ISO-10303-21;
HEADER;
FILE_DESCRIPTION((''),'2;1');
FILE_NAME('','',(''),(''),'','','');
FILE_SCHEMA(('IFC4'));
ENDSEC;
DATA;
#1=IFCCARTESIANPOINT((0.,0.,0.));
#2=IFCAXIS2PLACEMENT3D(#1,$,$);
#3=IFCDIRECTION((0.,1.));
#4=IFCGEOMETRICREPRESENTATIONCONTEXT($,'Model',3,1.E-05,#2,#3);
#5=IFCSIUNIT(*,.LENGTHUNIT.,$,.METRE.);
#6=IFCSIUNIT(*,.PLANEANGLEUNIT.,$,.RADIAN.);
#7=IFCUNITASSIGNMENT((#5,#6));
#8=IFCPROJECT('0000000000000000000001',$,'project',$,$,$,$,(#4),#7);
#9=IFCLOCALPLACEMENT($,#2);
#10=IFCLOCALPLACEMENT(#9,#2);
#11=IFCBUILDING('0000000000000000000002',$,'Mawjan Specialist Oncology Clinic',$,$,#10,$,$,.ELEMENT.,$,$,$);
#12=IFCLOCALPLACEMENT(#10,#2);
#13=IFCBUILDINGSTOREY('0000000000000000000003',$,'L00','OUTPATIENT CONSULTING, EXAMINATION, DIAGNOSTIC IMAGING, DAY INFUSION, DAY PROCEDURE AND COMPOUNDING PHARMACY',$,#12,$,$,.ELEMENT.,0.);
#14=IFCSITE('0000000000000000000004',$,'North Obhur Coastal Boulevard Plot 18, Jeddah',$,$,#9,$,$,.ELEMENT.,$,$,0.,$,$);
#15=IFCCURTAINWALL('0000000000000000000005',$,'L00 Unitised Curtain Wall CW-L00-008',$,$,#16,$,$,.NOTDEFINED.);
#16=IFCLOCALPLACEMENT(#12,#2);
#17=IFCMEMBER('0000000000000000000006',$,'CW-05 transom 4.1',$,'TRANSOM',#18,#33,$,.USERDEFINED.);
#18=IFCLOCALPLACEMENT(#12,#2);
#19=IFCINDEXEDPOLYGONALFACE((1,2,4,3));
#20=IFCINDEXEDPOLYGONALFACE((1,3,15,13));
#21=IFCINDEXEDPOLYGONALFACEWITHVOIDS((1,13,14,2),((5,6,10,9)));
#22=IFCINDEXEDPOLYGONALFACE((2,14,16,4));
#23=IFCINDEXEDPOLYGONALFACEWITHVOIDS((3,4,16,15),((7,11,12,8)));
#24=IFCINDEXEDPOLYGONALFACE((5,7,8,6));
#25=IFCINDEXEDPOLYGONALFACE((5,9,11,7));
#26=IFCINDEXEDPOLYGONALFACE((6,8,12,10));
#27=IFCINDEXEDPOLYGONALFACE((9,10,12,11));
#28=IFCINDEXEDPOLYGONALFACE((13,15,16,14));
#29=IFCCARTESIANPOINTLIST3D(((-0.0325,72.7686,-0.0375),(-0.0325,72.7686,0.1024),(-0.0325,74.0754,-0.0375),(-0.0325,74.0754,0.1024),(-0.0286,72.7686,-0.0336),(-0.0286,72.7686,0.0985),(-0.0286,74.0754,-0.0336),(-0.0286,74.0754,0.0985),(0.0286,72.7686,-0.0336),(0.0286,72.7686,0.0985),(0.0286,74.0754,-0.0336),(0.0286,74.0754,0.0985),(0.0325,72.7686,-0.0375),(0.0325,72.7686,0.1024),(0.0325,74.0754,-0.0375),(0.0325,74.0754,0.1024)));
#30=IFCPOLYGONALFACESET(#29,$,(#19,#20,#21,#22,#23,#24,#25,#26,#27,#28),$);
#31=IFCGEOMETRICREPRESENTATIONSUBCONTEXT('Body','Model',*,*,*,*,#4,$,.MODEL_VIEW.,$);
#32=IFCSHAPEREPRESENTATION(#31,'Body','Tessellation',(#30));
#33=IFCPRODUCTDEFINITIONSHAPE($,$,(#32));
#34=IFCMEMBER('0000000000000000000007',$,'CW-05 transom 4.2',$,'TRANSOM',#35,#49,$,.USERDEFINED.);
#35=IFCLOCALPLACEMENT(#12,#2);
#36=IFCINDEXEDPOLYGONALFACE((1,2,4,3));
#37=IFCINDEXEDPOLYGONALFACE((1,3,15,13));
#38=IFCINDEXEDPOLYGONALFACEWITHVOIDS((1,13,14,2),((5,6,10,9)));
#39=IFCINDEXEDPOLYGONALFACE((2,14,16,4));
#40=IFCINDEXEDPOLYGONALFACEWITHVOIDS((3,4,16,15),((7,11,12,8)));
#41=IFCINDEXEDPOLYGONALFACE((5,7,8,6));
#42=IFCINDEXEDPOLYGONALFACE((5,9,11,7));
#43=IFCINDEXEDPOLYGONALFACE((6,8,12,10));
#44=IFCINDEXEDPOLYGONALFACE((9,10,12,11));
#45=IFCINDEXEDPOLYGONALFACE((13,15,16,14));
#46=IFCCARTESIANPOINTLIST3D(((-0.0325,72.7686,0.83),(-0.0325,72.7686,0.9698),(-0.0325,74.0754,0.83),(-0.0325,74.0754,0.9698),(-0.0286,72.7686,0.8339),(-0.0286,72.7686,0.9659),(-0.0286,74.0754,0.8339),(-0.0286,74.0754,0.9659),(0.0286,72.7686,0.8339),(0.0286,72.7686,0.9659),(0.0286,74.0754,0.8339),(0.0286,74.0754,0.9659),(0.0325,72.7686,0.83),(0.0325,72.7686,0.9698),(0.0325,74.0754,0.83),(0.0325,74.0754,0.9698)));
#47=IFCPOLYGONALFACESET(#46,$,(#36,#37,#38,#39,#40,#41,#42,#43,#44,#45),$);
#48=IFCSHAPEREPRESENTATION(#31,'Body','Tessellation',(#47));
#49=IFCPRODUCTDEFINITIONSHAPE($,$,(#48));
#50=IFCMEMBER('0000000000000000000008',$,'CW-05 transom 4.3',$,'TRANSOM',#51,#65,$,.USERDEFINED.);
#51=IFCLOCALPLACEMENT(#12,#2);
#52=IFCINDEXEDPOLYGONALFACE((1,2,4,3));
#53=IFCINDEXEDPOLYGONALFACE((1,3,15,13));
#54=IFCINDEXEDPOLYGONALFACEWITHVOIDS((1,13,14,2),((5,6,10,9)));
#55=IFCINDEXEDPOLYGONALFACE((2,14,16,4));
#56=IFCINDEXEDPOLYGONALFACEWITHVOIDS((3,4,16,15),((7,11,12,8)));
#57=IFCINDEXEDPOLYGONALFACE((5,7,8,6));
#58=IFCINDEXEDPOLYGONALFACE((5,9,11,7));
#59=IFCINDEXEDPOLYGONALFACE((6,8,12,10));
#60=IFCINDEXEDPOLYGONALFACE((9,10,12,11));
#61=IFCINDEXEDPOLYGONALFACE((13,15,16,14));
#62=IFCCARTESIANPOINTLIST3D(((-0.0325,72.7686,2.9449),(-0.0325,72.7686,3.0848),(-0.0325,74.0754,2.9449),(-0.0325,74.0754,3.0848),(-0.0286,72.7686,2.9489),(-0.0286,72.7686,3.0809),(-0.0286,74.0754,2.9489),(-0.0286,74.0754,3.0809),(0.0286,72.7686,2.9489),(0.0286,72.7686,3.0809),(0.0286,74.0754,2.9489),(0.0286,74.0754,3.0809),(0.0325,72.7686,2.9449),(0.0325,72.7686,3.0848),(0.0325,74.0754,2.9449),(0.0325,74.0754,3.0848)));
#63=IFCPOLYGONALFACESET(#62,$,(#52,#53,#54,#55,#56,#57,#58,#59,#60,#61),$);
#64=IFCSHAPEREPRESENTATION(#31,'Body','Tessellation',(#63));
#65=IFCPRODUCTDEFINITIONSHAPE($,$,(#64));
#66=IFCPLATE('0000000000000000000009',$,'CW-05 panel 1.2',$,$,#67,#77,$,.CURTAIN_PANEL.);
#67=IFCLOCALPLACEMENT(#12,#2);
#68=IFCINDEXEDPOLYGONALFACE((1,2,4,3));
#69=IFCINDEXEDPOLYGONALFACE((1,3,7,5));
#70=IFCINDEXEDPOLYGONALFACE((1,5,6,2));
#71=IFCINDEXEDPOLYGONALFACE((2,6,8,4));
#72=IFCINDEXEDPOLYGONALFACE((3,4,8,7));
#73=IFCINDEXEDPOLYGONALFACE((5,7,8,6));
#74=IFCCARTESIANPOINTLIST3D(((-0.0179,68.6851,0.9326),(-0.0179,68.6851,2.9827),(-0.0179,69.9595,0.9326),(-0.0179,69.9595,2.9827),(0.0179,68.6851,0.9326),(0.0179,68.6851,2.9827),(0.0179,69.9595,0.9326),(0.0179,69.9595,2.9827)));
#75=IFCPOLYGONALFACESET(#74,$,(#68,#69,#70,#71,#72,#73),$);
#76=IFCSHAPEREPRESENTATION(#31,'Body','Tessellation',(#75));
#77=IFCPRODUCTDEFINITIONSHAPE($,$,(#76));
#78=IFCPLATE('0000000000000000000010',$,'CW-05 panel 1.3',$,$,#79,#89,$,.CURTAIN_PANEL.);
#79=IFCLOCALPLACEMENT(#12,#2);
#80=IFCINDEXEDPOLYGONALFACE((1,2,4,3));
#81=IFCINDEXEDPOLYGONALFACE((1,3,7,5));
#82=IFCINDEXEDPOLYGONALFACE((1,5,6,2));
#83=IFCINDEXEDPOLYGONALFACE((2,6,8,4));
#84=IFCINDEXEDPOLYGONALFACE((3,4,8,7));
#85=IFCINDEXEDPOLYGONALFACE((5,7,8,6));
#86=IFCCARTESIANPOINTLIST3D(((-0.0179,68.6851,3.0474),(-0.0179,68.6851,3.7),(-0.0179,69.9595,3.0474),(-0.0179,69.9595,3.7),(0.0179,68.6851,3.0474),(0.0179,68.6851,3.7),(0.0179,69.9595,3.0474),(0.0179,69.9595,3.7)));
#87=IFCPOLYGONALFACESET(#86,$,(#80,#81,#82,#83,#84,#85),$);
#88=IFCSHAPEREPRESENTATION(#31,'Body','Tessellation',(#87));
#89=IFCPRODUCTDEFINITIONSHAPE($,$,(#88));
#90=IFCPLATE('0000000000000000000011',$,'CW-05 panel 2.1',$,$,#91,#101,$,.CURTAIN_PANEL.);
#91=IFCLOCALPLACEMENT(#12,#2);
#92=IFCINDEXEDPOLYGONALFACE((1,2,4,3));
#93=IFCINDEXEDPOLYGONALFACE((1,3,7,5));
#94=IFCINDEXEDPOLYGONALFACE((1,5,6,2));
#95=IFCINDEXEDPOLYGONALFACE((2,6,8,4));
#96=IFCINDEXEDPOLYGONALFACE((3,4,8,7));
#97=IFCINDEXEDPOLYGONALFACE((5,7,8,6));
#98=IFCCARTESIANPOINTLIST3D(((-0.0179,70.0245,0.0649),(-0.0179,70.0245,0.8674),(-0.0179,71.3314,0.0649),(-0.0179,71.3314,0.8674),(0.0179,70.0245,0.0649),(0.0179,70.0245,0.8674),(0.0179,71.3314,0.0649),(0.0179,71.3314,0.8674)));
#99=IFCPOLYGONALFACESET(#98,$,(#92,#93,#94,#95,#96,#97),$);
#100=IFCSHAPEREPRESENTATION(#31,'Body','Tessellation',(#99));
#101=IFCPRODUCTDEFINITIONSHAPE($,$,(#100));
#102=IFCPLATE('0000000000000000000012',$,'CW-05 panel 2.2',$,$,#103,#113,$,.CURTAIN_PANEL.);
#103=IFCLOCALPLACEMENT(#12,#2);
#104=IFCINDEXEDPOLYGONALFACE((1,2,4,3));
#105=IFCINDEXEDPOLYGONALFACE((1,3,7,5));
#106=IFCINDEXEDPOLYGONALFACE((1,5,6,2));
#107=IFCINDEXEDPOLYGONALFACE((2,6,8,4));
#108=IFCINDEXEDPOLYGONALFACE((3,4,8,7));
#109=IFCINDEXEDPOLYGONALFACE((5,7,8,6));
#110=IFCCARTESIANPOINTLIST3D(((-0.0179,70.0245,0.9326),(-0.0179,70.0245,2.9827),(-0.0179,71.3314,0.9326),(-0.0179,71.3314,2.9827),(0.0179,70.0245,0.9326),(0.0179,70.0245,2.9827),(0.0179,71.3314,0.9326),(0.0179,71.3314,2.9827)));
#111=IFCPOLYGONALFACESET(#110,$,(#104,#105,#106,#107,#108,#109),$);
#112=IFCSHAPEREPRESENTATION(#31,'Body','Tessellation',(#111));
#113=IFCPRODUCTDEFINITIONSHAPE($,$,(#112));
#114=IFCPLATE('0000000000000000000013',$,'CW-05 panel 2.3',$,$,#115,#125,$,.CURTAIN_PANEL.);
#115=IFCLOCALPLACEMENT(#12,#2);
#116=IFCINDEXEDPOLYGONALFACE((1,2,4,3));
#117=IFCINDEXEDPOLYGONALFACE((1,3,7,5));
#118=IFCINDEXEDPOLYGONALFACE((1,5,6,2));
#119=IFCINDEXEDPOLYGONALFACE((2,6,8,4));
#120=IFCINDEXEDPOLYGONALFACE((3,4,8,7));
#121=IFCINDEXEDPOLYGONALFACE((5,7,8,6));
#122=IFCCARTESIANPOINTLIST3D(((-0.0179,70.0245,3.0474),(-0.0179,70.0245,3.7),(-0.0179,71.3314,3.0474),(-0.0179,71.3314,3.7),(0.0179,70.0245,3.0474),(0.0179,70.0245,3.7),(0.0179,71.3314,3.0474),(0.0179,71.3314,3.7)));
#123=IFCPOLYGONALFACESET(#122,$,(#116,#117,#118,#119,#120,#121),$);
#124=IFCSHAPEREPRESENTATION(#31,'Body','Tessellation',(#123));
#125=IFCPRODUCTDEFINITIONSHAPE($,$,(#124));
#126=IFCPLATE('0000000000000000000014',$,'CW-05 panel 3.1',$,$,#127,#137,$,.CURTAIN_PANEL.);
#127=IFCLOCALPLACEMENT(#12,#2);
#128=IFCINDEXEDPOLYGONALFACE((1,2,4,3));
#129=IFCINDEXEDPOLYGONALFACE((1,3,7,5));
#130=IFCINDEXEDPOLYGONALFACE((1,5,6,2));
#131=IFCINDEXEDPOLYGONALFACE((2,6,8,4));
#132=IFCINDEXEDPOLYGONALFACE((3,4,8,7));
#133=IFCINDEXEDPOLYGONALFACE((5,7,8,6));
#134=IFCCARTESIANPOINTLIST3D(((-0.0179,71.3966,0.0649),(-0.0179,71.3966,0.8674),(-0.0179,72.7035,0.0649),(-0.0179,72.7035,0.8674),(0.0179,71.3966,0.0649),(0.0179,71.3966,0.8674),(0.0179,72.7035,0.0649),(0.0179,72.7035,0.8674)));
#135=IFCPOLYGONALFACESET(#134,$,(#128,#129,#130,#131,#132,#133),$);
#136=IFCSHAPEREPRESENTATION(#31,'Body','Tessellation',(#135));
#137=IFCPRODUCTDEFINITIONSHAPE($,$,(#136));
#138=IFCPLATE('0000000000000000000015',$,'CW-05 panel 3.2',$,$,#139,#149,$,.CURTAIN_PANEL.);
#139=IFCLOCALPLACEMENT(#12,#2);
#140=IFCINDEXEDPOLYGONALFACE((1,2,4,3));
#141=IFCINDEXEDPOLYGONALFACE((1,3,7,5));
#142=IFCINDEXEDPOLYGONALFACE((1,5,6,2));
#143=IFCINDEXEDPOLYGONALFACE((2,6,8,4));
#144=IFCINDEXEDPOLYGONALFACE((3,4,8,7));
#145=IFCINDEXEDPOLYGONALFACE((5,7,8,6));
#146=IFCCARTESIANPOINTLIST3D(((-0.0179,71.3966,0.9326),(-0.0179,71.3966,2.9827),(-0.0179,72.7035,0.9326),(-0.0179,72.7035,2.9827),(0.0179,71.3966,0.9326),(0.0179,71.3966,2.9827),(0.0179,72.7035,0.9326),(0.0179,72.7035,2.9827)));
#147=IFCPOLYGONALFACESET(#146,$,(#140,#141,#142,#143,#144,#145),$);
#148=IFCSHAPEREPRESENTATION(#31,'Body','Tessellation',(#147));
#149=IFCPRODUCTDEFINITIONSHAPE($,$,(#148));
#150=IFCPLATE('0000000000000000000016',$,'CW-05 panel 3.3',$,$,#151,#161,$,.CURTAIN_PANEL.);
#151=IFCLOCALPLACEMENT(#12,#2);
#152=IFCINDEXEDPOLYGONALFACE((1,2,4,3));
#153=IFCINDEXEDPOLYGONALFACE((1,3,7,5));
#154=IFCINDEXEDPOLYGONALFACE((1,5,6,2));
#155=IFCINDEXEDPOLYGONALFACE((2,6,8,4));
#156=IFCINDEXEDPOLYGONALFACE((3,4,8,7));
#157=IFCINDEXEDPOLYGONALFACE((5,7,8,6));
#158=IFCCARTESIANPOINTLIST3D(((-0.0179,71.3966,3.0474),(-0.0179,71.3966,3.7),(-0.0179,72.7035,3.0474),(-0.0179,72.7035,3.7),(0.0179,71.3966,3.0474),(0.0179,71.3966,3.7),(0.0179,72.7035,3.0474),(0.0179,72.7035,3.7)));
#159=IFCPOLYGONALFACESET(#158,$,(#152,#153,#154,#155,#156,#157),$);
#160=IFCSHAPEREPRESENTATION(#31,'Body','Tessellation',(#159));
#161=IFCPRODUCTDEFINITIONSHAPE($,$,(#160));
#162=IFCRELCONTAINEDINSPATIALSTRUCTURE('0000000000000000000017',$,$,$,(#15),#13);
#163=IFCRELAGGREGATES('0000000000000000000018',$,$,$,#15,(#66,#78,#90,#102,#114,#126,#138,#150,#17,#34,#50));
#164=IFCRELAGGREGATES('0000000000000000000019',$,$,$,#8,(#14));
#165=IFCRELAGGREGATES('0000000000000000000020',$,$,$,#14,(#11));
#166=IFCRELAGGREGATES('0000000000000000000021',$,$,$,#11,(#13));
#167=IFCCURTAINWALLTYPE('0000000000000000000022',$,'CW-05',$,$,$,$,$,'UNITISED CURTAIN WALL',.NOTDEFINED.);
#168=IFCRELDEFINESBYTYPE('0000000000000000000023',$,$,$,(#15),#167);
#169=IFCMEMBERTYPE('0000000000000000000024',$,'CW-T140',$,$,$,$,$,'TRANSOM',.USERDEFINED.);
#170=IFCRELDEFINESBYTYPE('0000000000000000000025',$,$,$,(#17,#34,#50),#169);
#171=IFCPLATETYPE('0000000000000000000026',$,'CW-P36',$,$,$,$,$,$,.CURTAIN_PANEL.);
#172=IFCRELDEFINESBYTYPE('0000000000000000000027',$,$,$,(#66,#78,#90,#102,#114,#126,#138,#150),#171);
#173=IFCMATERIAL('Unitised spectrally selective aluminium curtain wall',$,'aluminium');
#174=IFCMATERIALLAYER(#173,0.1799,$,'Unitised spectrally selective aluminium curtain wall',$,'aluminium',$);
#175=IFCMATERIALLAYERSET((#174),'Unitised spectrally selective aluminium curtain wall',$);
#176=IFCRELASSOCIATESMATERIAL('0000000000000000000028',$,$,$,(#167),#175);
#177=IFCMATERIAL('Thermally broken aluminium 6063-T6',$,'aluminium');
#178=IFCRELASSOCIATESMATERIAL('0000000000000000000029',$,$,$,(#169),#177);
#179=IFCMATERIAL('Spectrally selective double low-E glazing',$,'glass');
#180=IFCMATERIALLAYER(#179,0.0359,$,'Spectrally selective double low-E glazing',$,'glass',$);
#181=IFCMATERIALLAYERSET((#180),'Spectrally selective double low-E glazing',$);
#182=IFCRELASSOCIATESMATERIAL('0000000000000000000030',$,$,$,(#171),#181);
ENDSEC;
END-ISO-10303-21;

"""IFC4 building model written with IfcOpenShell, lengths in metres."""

from ifc_helpers import new_model, si_unit, direction, frame, origin, origin_2d, place, context, subcontext, project, spatial, rectangle, hollow_rectangle, extrude, material, layer, layer_set, material_profile, profile_set, type_object, element, aggregate, save


model = new_model("IFC4")

# Units and contexts
model_context = context("Model", 3, precision=1e-05, world=origin(), true_north=direction((0.0, 1.0)))
body_context = subcontext(model_context, "Body", "Model", "MODEL_VIEW")
ifc_project = project(units=[si_unit("LENGTHUNIT", "METRE"), si_unit("PLANEANGLEUNIT", "RADIAN")], contexts=[model_context])

# Site, building, storey
site_placement = place(None, origin())
site = spatial("IfcSite", under=ifc_project, at=site_placement, Name="North Obhur Coastal Boulevard Plot 18, Jeddah", CompositionType="ELEMENT", RefElevation=0.0)
building_placement = place(site_placement, origin())
building = spatial("IfcBuilding", under=site, at=building_placement, Name="Mawjan Specialist Oncology Clinic", CompositionType="ELEMENT")
storey_placement = place(building_placement, origin())
storey = spatial("IfcBuildingStorey", under=building, at=storey_placement, Name="L00", Description="OUTPATIENT CONSULTING, EXAMINATION, DIAGNOSTIC IMAGING, DAY INFUSION, DAY PROCEDURE AND COMPOUNDING PHARMACY", CompositionType="ELEMENT", Elevation=0.0)

# Curtain wall, members, plates
ifc_material_1 = material(Name="Unitised spectrally selective aluminium curtain wall", Category="aluminium")
ifc_layer_1 = layer(ifc_material_1, 0.1799, Name="Unitised spectrally selective aluminium curtain wall", Category="aluminium")
ifc_layer_set_1 = layer_set([ifc_layer_1], Name="Unitised spectrally selective aluminium curtain wall")
curtain_wall_type = type_object("IfcCurtainWallType", Name="CW-05", ElementType="UNITISED CURTAIN WALL", PredefinedType="NOTDEFINED", material=ifc_layer_set_1)
curtain_wall_placement = place(storey_placement, origin())
curtain_wall = element("IfcCurtainWall", 1, at=curtain_wall_placement, inside=storey, type_object=curtain_wall_type, Name="L00 Unitised Curtain Wall CW-L00-008", PredefinedType="NOTDEFINED")
ifc_material_2 = material(Name="Thermally broken aluminium 6063-T6", Category="aluminium")
ifc_material_profile_1 = material_profile(ifc_material_2, hollow_rectangle(XDim=0.0649, YDim=0.1399, WallThickness=0.0039, at=origin_2d()), Name="ALU TRANSOM 140x65x4", Category="aluminium")
ifc_profile_set_1 = profile_set([ifc_material_profile_1], Name="Thermally broken aluminium 6063-T6")
member_type_1 = type_object("IfcMemberType", Name="CW-T140", ElementType="TRANSOM", PredefinedType="USERDEFINED", material=ifc_profile_set_1)
member_1_placement = place(storey_placement, frame((0.0, 72.7686, 0.0325), z_axis=(0.0, 1.0, 0.0), x_axis=(-1.0, 0.0, 0.0)))
member_1 = element("IfcMember", 2, at=member_1_placement, type_object=member_type_1, Name="CW-05 transom 4.1", ObjectType="TRANSOM", PredefinedType="USERDEFINED", context=body_context, shape_type="SweptSolid", body=[
    extrude(hollow_rectangle(XDim=0.0649, YDim=0.1399, WallThickness=0.0039, at=origin_2d()), origin(), (0.0, 0.0, 1.0), 1.3069),
])
member_2_placement = place(storey_placement, frame((0.0, 72.7686, 0.8999), z_axis=(0.0, 1.0, 0.0), x_axis=(-1.0, 0.0, 0.0)))
member_2 = element("IfcMember", 3, at=member_2_placement, type_object=member_type_1, Name="CW-05 transom 4.2", ObjectType="TRANSOM", PredefinedType="USERDEFINED", context=body_context, shape_type="SweptSolid", body=[
    extrude(hollow_rectangle(XDim=0.0649, YDim=0.1399, WallThickness=0.0039, at=origin_2d()), origin(), (0.0, 0.0, 1.0), 1.3069),
])
member_3_placement = place(storey_placement, frame((0.0, 72.7686, 3.0149), z_axis=(0.0, 1.0, 0.0), x_axis=(-1.0, 0.0, 0.0)))
member_3 = element("IfcMember", 4, at=member_3_placement, type_object=member_type_1, Name="CW-05 transom 4.3", ObjectType="TRANSOM", PredefinedType="USERDEFINED", context=body_context, shape_type="SweptSolid", body=[
    extrude(hollow_rectangle(XDim=0.0649, YDim=0.1399, WallThickness=0.0039, at=origin_2d()), origin(), (0.0, 0.0, 1.0), 1.3069),
])
ifc_material_3 = material(Name="Spectrally selective double low-E glazing", Category="glass")
ifc_layer_2 = layer(ifc_material_3, 0.0359, Name="Spectrally selective double low-E glazing", Category="glass")
ifc_layer_set_2 = layer_set([ifc_layer_2], Name="Spectrally selective double low-E glazing")
plate_type = type_object("IfcPlateType", Name="CW-P36", PredefinedType="CURTAIN_PANEL", material=ifc_layer_set_2)
plate_1_placement = place(storey_placement, frame((0.0, 69.3223, 0.9326), z_axis=(0.0, 0.0, 1.0), x_axis=(0.0, 1.0, 0.0)))
plate_1 = element("IfcPlate", 5, at=plate_1_placement, type_object=plate_type, Name="CW-05 panel 1.2", PredefinedType="CURTAIN_PANEL", context=body_context, shape_type="SweptSolid", body=[
    extrude(rectangle(XDim=1.2744, YDim=0.0359, at=origin_2d()), origin(), (0.0, 0.0, 1.0), 2.05),
])
plate_2_placement = place(storey_placement, frame((0.0, 69.3223, 3.0474), z_axis=(0.0, 0.0, 1.0), x_axis=(0.0, 1.0, 0.0)))
plate_2 = element("IfcPlate", 6, at=plate_2_placement, type_object=plate_type, Name="CW-05 panel 1.3", PredefinedType="CURTAIN_PANEL", context=body_context, shape_type="SweptSolid", body=[
    extrude(rectangle(XDim=1.2744, YDim=0.0359, at=origin_2d()), origin(), (0.0, 0.0, 1.0), 0.6526),
])
plate_3_placement = place(storey_placement, frame((0.0, 70.678, 0.0649), z_axis=(0.0, 0.0, 1.0), x_axis=(0.0, 1.0, 0.0)))
plate_3 = element("IfcPlate", 7, at=plate_3_placement, type_object=plate_type, Name="CW-05 panel 2.1", PredefinedType="CURTAIN_PANEL", context=body_context, shape_type="SweptSolid", body=[
    extrude(rectangle(XDim=1.3069, YDim=0.0359, at=origin_2d()), origin(), (0.0, 0.0, 1.0), 0.8025),
])
plate_4_placement = place(storey_placement, frame((0.0, 70.678, 0.9326), z_axis=(0.0, 0.0, 1.0), x_axis=(0.0, 1.0, 0.0)))
plate_4 = element("IfcPlate", 8, at=plate_4_placement, type_object=plate_type, Name="CW-05 panel 2.2", PredefinedType="CURTAIN_PANEL", context=body_context, shape_type="SweptSolid", body=[
    extrude(rectangle(XDim=1.3069, YDim=0.0359, at=origin_2d()), origin(), (0.0, 0.0, 1.0), 2.05),
])
plate_5_placement = place(storey_placement, frame((0.0, 70.678, 3.0474), z_axis=(0.0, 0.0, 1.0), x_axis=(0.0, 1.0, 0.0)))
plate_5 = element("IfcPlate", 9, at=plate_5_placement, type_object=plate_type, Name="CW-05 panel 2.3", PredefinedType="CURTAIN_PANEL", context=body_context, shape_type="SweptSolid", body=[
    extrude(rectangle(XDim=1.3069, YDim=0.0359, at=origin_2d()), origin(), (0.0, 0.0, 1.0), 0.6526),
])
plate_6_placement = place(storey_placement, frame((0.0, 72.05, 0.0649), z_axis=(0.0, 0.0, 1.0), x_axis=(0.0, 1.0, 0.0)))
plate_6 = element("IfcPlate", 10, at=plate_6_placement, type_object=plate_type, Name="CW-05 panel 3.1", PredefinedType="CURTAIN_PANEL", context=body_context, shape_type="SweptSolid", body=[
    extrude(rectangle(XDim=1.3069, YDim=0.0359, at=origin_2d()), origin(), (0.0, 0.0, 1.0), 0.8025),
])
plate_7_placement = place(storey_placement, frame((0.0, 72.05, 0.9326), z_axis=(0.0, 0.0, 1.0), x_axis=(0.0, 1.0, 0.0)))
plate_7 = element("IfcPlate", 11, at=plate_7_placement, type_object=plate_type, Name="CW-05 panel 3.2", PredefinedType="CURTAIN_PANEL", context=body_context, shape_type="SweptSolid", body=[
    extrude(rectangle(XDim=1.3069, YDim=0.0359, at=origin_2d()), origin(), (0.0, 0.0, 1.0), 2.05),
])
plate_8_placement = place(storey_placement, frame((0.0, 72.05, 3.0474), z_axis=(0.0, 0.0, 1.0), x_axis=(0.0, 1.0, 0.0)))
plate_8 = element("IfcPlate", 12, at=plate_8_placement, type_object=plate_type, Name="CW-05 panel 3.3", PredefinedType="CURTAIN_PANEL", context=body_context, shape_type="SweptSolid", body=[
    extrude(rectangle(XDim=1.3069, YDim=0.0359, at=origin_2d()), origin(), (0.0, 0.0, 1.0), 0.6526),
])
aggregate(curtain_wall, [plate_1, plate_2, plate_3, plate_4, plate_5, plate_6, plate_7, plate_8, member_1, member_2, member_3])

save(model, "model.ifc")
